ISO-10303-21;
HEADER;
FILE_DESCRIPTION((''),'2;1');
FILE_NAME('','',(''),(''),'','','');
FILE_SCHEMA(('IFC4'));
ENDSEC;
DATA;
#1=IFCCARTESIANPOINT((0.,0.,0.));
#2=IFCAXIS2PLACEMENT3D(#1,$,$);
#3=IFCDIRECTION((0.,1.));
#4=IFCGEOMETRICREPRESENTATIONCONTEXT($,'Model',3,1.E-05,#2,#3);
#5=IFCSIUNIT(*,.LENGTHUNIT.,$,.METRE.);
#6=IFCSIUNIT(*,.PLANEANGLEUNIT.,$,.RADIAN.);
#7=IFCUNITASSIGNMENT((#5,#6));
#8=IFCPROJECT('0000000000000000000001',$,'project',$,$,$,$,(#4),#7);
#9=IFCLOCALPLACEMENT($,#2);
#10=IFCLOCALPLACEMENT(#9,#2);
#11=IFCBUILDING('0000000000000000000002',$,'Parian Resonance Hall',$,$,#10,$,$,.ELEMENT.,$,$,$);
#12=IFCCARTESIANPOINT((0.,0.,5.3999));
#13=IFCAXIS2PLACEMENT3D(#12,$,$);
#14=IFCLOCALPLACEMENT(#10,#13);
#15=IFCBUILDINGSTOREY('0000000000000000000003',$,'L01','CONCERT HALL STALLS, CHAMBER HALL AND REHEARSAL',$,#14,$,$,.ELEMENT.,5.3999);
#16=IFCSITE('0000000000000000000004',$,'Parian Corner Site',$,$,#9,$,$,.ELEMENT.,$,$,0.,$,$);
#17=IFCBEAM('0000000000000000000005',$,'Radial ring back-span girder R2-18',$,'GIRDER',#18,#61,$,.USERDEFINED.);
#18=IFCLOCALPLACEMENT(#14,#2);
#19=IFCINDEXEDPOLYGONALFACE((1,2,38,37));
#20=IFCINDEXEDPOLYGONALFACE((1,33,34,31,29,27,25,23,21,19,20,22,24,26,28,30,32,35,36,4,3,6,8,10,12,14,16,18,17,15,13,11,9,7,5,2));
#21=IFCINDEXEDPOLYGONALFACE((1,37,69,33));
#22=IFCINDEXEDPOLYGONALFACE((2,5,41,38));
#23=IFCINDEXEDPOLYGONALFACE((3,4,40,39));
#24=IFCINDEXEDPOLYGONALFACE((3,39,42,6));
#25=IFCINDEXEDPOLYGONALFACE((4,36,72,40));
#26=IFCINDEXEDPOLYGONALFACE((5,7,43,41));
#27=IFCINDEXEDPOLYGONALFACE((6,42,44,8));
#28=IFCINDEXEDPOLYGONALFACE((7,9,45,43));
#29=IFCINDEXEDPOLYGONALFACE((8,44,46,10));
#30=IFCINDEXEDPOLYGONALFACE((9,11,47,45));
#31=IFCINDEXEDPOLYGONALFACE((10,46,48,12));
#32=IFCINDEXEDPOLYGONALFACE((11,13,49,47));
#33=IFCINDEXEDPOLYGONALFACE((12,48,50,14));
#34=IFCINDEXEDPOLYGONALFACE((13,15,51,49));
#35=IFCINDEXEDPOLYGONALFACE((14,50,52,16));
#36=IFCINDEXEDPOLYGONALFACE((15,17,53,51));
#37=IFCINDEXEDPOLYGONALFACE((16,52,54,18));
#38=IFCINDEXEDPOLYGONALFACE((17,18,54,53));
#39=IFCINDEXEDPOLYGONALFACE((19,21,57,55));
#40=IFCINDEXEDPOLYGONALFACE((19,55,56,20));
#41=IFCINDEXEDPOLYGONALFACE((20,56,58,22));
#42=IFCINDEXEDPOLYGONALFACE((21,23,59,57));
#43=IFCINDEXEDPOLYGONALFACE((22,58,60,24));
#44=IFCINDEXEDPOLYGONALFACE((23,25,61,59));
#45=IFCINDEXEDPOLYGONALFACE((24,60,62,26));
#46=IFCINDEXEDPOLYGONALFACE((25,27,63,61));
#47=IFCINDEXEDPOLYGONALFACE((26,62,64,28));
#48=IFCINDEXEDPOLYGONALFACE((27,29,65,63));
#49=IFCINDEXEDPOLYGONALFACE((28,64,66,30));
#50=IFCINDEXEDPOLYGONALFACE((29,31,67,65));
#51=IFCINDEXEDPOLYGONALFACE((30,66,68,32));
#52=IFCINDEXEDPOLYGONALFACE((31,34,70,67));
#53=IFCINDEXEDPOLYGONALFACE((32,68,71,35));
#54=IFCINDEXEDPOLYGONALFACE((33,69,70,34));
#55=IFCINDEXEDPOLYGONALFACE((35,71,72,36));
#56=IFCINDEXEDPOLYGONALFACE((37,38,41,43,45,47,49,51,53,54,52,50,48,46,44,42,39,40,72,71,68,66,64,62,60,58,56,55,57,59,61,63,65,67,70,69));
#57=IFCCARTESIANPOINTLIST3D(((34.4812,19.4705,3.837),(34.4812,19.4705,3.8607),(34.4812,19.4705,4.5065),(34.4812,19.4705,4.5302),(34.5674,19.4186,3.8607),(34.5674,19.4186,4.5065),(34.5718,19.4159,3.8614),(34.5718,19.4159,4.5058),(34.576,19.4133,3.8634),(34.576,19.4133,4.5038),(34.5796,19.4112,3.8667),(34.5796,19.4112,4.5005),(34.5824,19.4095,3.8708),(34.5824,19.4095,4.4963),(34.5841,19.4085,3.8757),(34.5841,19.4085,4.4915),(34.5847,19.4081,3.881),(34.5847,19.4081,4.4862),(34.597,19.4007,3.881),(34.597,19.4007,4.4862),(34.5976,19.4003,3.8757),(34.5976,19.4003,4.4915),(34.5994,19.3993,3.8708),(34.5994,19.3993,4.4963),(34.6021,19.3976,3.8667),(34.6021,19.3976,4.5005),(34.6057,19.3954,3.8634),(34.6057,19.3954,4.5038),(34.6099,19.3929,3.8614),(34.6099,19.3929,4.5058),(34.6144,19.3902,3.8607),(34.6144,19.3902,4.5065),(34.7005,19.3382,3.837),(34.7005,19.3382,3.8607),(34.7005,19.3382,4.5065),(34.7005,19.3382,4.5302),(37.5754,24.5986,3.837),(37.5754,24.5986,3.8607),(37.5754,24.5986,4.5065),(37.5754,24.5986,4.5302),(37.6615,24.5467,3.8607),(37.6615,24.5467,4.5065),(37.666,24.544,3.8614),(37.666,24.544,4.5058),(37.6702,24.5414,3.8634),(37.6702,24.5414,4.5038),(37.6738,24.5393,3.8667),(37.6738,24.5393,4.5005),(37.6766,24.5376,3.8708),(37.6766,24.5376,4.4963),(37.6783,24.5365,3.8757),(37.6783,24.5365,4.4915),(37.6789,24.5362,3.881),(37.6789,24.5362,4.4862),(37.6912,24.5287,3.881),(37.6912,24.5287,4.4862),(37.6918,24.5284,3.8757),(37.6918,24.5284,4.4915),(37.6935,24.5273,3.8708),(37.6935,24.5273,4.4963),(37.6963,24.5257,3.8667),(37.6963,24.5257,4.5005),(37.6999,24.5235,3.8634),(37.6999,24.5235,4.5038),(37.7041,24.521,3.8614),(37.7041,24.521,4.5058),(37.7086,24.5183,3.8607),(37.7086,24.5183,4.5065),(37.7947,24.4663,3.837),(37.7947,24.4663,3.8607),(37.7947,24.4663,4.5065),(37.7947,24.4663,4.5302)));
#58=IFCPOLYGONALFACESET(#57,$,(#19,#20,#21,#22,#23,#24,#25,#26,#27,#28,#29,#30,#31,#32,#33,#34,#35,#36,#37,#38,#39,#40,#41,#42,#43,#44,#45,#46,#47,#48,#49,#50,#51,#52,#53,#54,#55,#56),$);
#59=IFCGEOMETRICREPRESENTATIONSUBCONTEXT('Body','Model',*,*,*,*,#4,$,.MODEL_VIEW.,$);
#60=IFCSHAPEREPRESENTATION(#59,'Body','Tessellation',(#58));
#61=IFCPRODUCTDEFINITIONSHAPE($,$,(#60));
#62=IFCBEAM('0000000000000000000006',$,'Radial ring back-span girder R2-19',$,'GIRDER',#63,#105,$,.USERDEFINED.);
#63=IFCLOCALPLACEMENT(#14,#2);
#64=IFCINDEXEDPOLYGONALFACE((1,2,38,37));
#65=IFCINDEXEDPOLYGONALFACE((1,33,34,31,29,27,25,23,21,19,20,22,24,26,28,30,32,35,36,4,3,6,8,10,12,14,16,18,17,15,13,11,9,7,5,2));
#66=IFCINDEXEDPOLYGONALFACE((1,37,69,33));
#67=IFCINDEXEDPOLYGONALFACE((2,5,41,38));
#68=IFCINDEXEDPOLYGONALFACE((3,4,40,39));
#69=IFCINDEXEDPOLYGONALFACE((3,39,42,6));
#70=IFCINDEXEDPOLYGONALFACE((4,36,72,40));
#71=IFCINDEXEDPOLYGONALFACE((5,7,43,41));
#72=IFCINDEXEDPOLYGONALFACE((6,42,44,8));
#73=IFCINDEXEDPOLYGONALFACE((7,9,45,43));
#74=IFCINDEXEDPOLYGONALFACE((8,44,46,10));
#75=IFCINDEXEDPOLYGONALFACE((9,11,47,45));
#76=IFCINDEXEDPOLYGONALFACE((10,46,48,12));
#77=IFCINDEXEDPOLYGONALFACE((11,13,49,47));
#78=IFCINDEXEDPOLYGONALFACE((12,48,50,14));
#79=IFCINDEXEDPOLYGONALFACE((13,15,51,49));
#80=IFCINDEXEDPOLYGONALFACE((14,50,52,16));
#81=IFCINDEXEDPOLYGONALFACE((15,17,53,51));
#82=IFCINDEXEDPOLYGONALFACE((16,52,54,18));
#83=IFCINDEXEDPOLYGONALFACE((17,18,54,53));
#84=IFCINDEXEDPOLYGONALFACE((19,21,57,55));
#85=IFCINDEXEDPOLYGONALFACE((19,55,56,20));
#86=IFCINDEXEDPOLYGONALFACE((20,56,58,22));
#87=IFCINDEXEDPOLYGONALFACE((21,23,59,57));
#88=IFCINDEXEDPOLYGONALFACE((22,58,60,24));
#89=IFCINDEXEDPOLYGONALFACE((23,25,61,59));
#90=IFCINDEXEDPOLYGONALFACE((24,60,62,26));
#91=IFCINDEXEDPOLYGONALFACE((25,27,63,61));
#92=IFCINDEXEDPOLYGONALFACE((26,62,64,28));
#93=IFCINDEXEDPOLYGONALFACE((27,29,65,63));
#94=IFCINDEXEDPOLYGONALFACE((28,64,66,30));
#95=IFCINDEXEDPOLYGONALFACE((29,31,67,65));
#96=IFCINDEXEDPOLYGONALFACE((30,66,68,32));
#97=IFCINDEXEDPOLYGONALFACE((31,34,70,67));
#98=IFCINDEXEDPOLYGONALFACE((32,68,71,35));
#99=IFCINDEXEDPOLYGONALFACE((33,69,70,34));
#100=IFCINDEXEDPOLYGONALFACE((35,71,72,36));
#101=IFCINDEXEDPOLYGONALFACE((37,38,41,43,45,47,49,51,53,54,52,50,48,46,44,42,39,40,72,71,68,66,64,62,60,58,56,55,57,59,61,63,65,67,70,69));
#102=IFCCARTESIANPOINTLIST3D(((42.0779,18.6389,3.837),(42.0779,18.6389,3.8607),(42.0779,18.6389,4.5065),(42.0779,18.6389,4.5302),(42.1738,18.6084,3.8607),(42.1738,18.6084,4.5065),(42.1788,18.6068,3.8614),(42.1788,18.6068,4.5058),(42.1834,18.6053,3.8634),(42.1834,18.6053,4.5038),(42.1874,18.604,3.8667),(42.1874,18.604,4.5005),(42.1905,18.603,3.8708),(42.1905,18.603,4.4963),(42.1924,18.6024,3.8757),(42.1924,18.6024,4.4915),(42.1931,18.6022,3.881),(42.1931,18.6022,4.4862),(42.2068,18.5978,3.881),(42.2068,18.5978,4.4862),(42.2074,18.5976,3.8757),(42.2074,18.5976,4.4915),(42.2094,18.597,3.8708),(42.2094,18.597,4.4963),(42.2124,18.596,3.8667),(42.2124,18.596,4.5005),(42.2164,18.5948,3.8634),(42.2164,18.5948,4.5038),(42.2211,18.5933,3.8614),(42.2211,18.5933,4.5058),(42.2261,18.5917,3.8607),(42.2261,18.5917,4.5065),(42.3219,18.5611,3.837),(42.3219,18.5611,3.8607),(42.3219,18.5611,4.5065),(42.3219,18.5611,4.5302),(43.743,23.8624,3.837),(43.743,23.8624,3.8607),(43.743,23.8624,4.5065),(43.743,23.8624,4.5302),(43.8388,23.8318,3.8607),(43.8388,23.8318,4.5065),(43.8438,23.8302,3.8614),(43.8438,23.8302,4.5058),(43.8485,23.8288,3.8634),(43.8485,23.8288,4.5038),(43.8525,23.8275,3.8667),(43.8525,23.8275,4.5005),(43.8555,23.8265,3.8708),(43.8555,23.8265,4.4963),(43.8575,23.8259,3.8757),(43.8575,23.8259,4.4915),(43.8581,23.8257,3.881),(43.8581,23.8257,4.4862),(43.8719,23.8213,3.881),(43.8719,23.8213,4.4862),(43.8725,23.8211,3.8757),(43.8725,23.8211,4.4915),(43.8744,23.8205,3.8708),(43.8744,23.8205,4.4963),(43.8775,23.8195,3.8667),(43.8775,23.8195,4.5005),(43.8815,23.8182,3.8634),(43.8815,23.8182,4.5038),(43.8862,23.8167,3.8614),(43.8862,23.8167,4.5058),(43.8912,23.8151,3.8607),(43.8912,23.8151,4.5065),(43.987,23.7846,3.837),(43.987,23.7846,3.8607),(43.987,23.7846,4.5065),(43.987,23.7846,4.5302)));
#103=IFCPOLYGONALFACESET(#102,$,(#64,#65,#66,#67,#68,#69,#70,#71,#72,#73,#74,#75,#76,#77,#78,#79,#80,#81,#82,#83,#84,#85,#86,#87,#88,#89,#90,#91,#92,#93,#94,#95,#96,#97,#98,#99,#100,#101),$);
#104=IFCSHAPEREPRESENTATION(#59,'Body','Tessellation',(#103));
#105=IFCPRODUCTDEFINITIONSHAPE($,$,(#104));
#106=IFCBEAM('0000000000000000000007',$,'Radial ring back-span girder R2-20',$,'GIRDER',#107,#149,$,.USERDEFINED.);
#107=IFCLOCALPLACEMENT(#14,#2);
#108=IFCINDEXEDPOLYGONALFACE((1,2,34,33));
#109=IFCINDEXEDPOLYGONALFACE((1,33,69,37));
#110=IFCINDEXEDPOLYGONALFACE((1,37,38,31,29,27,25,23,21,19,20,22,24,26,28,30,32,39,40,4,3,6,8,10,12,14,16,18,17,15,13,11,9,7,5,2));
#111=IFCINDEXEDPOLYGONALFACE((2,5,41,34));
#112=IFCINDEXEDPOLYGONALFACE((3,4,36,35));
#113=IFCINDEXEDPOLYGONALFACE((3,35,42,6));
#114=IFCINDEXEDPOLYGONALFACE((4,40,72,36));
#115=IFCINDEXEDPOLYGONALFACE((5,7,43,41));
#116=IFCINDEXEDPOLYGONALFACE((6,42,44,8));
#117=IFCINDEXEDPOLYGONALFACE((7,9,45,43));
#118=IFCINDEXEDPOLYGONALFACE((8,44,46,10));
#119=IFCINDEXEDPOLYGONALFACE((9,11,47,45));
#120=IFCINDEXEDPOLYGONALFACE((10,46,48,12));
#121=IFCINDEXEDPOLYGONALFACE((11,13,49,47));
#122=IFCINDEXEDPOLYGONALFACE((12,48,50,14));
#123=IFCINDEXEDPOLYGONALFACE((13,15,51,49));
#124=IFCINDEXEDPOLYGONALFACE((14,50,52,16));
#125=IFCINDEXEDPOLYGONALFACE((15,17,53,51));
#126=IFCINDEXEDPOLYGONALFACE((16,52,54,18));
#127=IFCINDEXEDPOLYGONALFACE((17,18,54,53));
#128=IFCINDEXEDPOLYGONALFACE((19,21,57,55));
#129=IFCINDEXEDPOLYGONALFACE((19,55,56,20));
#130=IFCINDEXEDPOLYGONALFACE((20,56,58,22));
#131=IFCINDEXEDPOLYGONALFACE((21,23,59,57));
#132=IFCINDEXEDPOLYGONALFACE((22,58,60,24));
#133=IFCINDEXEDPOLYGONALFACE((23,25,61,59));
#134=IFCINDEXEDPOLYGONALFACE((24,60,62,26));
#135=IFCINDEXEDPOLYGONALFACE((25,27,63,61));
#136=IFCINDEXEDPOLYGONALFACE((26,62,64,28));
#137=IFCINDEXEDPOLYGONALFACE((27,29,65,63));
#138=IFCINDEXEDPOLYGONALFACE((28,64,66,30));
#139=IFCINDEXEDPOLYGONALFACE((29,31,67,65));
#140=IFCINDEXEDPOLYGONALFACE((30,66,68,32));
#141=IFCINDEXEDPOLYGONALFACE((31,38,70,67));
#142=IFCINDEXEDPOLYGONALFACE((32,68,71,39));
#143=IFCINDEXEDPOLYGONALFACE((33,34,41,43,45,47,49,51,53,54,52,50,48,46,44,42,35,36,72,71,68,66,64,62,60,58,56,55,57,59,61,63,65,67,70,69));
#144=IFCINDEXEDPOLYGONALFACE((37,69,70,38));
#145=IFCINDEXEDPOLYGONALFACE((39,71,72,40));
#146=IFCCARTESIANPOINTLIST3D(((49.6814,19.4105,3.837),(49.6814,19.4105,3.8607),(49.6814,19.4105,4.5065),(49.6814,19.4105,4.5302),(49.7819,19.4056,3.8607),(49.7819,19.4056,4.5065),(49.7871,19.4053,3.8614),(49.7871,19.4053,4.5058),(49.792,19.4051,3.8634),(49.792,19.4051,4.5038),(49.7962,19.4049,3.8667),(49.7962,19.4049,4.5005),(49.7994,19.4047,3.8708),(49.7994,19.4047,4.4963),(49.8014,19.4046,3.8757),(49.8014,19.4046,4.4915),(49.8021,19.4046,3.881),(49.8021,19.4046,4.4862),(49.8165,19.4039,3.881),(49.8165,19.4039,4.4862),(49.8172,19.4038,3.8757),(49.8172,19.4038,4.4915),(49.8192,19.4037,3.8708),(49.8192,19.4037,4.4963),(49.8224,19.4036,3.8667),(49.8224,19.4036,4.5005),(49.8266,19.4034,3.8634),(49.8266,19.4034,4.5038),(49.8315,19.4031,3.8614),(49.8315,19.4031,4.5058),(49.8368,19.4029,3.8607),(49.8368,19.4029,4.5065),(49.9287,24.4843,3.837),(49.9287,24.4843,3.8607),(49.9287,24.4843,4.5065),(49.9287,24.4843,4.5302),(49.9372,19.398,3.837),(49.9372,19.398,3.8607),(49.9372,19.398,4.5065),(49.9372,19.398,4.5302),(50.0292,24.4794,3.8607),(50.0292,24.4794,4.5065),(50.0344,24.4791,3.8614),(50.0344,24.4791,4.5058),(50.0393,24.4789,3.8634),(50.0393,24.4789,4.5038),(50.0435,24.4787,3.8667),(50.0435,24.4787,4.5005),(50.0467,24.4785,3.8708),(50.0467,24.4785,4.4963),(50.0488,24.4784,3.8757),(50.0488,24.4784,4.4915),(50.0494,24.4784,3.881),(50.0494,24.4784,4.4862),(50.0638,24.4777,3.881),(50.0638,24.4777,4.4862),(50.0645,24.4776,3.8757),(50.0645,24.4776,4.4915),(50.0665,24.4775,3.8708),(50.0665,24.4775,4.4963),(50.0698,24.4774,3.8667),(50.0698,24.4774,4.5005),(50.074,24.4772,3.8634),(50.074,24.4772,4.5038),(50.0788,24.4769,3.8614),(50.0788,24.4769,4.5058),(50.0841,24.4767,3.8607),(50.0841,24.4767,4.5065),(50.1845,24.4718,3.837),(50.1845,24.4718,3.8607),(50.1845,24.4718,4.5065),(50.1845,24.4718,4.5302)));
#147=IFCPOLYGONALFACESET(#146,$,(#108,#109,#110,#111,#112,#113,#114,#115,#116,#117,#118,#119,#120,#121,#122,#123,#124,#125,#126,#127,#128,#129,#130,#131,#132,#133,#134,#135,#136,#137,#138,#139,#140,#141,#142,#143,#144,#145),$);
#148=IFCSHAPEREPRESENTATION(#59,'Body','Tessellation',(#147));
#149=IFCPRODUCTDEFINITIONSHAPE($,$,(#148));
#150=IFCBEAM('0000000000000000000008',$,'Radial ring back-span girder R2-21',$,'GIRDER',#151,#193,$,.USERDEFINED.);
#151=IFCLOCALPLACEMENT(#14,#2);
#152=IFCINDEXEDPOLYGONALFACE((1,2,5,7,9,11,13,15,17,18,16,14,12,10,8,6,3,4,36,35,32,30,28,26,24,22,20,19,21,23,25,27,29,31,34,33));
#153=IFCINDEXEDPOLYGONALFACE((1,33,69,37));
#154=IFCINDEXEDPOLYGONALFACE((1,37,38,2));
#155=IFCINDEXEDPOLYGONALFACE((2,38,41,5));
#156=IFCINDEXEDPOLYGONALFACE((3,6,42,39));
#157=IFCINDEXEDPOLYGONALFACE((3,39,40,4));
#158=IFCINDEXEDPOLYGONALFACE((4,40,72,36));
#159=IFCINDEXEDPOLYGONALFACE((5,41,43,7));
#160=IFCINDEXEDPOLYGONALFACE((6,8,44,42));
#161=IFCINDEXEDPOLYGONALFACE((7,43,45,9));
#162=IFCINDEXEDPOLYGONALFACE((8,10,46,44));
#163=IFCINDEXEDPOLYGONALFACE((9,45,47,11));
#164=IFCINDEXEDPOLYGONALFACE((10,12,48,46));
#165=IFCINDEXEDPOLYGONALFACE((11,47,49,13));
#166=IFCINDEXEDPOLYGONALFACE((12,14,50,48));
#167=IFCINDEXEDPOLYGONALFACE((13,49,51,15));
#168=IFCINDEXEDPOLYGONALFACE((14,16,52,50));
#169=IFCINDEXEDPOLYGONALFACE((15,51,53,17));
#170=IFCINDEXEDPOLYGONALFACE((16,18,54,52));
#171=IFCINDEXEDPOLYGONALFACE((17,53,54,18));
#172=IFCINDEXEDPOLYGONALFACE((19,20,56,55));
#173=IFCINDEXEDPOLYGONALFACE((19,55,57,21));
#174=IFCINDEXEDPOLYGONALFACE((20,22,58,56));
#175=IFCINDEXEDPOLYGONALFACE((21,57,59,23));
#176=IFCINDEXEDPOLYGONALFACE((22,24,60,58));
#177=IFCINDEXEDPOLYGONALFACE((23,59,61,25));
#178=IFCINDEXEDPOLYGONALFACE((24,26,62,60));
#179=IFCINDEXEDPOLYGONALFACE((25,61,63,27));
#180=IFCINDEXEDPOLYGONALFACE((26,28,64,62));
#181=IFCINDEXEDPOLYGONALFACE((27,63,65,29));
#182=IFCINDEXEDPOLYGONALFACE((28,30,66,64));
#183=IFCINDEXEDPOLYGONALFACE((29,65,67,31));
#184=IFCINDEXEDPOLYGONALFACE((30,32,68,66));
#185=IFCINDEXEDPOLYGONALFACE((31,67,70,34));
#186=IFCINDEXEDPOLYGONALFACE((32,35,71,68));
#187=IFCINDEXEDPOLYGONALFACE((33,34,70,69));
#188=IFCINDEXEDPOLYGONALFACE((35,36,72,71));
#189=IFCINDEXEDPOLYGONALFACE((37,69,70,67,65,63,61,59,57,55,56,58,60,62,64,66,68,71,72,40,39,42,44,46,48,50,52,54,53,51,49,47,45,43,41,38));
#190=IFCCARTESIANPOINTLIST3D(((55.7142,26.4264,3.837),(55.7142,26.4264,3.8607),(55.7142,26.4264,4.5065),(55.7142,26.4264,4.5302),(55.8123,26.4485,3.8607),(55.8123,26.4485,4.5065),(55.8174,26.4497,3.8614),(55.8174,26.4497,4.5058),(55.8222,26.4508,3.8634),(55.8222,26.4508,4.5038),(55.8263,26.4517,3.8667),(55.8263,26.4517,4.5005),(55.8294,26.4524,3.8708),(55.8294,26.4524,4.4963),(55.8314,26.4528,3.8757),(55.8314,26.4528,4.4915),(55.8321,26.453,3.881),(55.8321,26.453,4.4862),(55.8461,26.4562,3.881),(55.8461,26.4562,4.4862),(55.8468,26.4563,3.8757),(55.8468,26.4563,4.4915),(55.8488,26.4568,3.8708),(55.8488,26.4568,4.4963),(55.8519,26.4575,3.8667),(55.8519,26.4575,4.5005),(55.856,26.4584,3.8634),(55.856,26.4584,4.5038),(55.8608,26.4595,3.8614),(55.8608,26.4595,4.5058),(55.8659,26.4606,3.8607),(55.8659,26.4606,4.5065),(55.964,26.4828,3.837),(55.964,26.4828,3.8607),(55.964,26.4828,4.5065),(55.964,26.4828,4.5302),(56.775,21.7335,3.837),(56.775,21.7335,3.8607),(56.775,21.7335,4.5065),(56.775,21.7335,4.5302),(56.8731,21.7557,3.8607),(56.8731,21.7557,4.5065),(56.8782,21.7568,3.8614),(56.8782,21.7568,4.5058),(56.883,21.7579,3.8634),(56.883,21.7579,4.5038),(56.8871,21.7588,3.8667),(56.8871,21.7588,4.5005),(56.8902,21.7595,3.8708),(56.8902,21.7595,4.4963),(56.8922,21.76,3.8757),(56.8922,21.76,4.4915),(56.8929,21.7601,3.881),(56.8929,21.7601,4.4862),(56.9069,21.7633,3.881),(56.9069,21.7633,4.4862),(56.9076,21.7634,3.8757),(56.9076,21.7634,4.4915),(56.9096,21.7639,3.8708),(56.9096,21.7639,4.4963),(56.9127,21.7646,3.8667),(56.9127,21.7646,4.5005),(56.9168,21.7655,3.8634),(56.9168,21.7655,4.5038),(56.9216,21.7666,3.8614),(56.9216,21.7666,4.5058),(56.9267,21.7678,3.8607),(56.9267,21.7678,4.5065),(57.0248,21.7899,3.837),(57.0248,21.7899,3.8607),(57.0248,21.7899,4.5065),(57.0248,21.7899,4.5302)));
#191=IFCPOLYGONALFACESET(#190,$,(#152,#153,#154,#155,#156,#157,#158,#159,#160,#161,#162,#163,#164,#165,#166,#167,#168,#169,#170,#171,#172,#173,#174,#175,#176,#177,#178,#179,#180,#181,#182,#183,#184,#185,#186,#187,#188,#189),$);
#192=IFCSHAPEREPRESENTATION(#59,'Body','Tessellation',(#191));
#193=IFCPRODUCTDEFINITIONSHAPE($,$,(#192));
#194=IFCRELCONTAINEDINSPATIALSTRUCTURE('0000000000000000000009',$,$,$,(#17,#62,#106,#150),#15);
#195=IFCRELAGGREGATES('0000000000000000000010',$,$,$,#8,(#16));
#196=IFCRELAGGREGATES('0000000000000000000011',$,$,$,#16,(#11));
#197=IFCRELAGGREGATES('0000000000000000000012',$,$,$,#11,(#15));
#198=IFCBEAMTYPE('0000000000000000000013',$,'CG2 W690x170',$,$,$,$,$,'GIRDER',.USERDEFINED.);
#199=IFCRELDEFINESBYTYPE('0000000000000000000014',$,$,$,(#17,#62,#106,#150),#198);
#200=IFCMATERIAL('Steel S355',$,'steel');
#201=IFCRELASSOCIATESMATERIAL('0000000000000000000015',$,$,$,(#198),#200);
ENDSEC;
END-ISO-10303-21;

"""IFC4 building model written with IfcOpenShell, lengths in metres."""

from ifc_helpers import new_model, si_unit, direction, frame, origin, origin_2d, place, context, subcontext, project, spatial, i_section, extrude, material, material_profile, profile_set, type_object, element, save


model = new_model("IFC4")

# Units and contexts
model_context = context("Model", 3, precision=1e-05, world=origin(), true_north=direction((0.0, 1.0)))
body_context = subcontext(model_context, "Body", "Model", "MODEL_VIEW")
ifc_project = project(units=[si_unit("LENGTHUNIT", "METRE"), si_unit("PLANEANGLEUNIT", "RADIAN")], contexts=[model_context])

# Site, building, storey
site_placement = place(None, origin())
site = spatial("IfcSite", under=ifc_project, at=site_placement, Name="Parian Corner Site", CompositionType="ELEMENT", RefElevation=0.0)
building_placement = place(site_placement, origin())
building = spatial("IfcBuilding", under=site, at=building_placement, Name="Parian Resonance Hall", CompositionType="ELEMENT")
storey_placement = place(building_placement, frame((0.0, 0.0, 5.3999)))
storey = spatial("IfcBuildingStorey", under=building, at=storey_placement, Name="L01", Description="CONCERT HALL STALLS, CHAMBER HALL AND REHEARSAL", CompositionType="ELEMENT", Elevation=5.3999)

# Beams
ifc_material_1 = material(Name="Steel S355", Category="steel")
ifc_material_profile_1 = material_profile(ifc_material_1, i_section(OverallWidth=0.2561, OverallDepth=0.6931, WebThickness=0.0144, FlangeThickness=0.0237, FilletRadius=0.0203, at=origin_2d()), Name="W690x170")
ifc_profile_set_1 = profile_set([ifc_material_profile_1], Name="Steel S355")
beam_type_1 = type_object("IfcBeamType", Name="CG2 W690x170", ElementType="GIRDER", PredefinedType="USERDEFINED", material=ifc_profile_set_1)
beam_1_placement = place(storey_placement, frame((37.6851, 24.5325, 4.1836), z_axis=(-0.516622, -0.856213, 0.0), x_axis=(0.856213, -0.516622, 0.0)))
element("IfcBeam", 1, at=beam_1_placement, inside=storey, type_object=beam_type_1, Name="Radial ring back-span girder R2-18", ObjectType="GIRDER", PredefinedType="USERDEFINED", context=body_context, shape_type="SweptSolid", body=[
    extrude(i_section(OverallWidth=0.2561, OverallDepth=0.6931, WebThickness=0.0144, FlangeThickness=0.0237, FilletRadius=0.0203, at=origin_2d()), origin(), (0.0, 0.0, 1.0), 5.9893),
])
beam_2_placement = place(storey_placement, frame((43.865, 23.8235, 4.1836), z_axis=(-0.303709, -0.952765, 0.0), x_axis=(0.952765, -0.303709, 0.0)))
element("IfcBeam", 2, at=beam_2_placement, inside=storey, type_object=beam_type_1, Name="Radial ring back-span girder R2-19", ObjectType="GIRDER", PredefinedType="USERDEFINED", context=body_context, shape_type="SweptSolid", body=[
    extrude(i_section(OverallWidth=0.2561, OverallDepth=0.6931, WebThickness=0.0144, FlangeThickness=0.0237, FilletRadius=0.0203, at=origin_2d()), origin(), (0.0, 0.0, 1.0), 5.4824),
])
beam_3_placement = place(storey_placement, frame((50.0566, 24.478, 4.1836), z_axis=(-0.048686, -0.998814, 0.0), x_axis=(0.998814, -0.048686, 0.0)))
element("IfcBeam", 3, at=beam_3_placement, inside=storey, type_object=beam_type_1, Name="Radial ring back-span girder R2-20", ObjectType="GIRDER", PredefinedType="USERDEFINED", context=body_context, shape_type="SweptSolid", body=[
    extrude(i_section(OverallWidth=0.2561, OverallDepth=0.6931, WebThickness=0.0144, FlangeThickness=0.0237, FilletRadius=0.0203, at=origin_2d()), origin(), (0.0, 0.0, 1.0), 5.0798),
])
beam_4_placement = place(storey_placement, frame((55.8391, 26.4546, 4.1836), z_axis=(0.22048, -0.975391, 0.0), x_axis=(0.975391, 0.22048, 0.0)))
element("IfcBeam", 4, at=beam_4_placement, inside=storey, type_object=beam_type_1, Name="Radial ring back-span girder R2-21", ObjectType="GIRDER", PredefinedType="USERDEFINED", context=body_context, shape_type="SweptSolid", body=[
    extrude(i_section(OverallWidth=0.2561, OverallDepth=0.6931, WebThickness=0.0144, FlangeThickness=0.0237, FilletRadius=0.0203, at=origin_2d()), origin(), (0.0, 0.0, 1.0), 4.8113),
])

save(model, "model.ifc")
